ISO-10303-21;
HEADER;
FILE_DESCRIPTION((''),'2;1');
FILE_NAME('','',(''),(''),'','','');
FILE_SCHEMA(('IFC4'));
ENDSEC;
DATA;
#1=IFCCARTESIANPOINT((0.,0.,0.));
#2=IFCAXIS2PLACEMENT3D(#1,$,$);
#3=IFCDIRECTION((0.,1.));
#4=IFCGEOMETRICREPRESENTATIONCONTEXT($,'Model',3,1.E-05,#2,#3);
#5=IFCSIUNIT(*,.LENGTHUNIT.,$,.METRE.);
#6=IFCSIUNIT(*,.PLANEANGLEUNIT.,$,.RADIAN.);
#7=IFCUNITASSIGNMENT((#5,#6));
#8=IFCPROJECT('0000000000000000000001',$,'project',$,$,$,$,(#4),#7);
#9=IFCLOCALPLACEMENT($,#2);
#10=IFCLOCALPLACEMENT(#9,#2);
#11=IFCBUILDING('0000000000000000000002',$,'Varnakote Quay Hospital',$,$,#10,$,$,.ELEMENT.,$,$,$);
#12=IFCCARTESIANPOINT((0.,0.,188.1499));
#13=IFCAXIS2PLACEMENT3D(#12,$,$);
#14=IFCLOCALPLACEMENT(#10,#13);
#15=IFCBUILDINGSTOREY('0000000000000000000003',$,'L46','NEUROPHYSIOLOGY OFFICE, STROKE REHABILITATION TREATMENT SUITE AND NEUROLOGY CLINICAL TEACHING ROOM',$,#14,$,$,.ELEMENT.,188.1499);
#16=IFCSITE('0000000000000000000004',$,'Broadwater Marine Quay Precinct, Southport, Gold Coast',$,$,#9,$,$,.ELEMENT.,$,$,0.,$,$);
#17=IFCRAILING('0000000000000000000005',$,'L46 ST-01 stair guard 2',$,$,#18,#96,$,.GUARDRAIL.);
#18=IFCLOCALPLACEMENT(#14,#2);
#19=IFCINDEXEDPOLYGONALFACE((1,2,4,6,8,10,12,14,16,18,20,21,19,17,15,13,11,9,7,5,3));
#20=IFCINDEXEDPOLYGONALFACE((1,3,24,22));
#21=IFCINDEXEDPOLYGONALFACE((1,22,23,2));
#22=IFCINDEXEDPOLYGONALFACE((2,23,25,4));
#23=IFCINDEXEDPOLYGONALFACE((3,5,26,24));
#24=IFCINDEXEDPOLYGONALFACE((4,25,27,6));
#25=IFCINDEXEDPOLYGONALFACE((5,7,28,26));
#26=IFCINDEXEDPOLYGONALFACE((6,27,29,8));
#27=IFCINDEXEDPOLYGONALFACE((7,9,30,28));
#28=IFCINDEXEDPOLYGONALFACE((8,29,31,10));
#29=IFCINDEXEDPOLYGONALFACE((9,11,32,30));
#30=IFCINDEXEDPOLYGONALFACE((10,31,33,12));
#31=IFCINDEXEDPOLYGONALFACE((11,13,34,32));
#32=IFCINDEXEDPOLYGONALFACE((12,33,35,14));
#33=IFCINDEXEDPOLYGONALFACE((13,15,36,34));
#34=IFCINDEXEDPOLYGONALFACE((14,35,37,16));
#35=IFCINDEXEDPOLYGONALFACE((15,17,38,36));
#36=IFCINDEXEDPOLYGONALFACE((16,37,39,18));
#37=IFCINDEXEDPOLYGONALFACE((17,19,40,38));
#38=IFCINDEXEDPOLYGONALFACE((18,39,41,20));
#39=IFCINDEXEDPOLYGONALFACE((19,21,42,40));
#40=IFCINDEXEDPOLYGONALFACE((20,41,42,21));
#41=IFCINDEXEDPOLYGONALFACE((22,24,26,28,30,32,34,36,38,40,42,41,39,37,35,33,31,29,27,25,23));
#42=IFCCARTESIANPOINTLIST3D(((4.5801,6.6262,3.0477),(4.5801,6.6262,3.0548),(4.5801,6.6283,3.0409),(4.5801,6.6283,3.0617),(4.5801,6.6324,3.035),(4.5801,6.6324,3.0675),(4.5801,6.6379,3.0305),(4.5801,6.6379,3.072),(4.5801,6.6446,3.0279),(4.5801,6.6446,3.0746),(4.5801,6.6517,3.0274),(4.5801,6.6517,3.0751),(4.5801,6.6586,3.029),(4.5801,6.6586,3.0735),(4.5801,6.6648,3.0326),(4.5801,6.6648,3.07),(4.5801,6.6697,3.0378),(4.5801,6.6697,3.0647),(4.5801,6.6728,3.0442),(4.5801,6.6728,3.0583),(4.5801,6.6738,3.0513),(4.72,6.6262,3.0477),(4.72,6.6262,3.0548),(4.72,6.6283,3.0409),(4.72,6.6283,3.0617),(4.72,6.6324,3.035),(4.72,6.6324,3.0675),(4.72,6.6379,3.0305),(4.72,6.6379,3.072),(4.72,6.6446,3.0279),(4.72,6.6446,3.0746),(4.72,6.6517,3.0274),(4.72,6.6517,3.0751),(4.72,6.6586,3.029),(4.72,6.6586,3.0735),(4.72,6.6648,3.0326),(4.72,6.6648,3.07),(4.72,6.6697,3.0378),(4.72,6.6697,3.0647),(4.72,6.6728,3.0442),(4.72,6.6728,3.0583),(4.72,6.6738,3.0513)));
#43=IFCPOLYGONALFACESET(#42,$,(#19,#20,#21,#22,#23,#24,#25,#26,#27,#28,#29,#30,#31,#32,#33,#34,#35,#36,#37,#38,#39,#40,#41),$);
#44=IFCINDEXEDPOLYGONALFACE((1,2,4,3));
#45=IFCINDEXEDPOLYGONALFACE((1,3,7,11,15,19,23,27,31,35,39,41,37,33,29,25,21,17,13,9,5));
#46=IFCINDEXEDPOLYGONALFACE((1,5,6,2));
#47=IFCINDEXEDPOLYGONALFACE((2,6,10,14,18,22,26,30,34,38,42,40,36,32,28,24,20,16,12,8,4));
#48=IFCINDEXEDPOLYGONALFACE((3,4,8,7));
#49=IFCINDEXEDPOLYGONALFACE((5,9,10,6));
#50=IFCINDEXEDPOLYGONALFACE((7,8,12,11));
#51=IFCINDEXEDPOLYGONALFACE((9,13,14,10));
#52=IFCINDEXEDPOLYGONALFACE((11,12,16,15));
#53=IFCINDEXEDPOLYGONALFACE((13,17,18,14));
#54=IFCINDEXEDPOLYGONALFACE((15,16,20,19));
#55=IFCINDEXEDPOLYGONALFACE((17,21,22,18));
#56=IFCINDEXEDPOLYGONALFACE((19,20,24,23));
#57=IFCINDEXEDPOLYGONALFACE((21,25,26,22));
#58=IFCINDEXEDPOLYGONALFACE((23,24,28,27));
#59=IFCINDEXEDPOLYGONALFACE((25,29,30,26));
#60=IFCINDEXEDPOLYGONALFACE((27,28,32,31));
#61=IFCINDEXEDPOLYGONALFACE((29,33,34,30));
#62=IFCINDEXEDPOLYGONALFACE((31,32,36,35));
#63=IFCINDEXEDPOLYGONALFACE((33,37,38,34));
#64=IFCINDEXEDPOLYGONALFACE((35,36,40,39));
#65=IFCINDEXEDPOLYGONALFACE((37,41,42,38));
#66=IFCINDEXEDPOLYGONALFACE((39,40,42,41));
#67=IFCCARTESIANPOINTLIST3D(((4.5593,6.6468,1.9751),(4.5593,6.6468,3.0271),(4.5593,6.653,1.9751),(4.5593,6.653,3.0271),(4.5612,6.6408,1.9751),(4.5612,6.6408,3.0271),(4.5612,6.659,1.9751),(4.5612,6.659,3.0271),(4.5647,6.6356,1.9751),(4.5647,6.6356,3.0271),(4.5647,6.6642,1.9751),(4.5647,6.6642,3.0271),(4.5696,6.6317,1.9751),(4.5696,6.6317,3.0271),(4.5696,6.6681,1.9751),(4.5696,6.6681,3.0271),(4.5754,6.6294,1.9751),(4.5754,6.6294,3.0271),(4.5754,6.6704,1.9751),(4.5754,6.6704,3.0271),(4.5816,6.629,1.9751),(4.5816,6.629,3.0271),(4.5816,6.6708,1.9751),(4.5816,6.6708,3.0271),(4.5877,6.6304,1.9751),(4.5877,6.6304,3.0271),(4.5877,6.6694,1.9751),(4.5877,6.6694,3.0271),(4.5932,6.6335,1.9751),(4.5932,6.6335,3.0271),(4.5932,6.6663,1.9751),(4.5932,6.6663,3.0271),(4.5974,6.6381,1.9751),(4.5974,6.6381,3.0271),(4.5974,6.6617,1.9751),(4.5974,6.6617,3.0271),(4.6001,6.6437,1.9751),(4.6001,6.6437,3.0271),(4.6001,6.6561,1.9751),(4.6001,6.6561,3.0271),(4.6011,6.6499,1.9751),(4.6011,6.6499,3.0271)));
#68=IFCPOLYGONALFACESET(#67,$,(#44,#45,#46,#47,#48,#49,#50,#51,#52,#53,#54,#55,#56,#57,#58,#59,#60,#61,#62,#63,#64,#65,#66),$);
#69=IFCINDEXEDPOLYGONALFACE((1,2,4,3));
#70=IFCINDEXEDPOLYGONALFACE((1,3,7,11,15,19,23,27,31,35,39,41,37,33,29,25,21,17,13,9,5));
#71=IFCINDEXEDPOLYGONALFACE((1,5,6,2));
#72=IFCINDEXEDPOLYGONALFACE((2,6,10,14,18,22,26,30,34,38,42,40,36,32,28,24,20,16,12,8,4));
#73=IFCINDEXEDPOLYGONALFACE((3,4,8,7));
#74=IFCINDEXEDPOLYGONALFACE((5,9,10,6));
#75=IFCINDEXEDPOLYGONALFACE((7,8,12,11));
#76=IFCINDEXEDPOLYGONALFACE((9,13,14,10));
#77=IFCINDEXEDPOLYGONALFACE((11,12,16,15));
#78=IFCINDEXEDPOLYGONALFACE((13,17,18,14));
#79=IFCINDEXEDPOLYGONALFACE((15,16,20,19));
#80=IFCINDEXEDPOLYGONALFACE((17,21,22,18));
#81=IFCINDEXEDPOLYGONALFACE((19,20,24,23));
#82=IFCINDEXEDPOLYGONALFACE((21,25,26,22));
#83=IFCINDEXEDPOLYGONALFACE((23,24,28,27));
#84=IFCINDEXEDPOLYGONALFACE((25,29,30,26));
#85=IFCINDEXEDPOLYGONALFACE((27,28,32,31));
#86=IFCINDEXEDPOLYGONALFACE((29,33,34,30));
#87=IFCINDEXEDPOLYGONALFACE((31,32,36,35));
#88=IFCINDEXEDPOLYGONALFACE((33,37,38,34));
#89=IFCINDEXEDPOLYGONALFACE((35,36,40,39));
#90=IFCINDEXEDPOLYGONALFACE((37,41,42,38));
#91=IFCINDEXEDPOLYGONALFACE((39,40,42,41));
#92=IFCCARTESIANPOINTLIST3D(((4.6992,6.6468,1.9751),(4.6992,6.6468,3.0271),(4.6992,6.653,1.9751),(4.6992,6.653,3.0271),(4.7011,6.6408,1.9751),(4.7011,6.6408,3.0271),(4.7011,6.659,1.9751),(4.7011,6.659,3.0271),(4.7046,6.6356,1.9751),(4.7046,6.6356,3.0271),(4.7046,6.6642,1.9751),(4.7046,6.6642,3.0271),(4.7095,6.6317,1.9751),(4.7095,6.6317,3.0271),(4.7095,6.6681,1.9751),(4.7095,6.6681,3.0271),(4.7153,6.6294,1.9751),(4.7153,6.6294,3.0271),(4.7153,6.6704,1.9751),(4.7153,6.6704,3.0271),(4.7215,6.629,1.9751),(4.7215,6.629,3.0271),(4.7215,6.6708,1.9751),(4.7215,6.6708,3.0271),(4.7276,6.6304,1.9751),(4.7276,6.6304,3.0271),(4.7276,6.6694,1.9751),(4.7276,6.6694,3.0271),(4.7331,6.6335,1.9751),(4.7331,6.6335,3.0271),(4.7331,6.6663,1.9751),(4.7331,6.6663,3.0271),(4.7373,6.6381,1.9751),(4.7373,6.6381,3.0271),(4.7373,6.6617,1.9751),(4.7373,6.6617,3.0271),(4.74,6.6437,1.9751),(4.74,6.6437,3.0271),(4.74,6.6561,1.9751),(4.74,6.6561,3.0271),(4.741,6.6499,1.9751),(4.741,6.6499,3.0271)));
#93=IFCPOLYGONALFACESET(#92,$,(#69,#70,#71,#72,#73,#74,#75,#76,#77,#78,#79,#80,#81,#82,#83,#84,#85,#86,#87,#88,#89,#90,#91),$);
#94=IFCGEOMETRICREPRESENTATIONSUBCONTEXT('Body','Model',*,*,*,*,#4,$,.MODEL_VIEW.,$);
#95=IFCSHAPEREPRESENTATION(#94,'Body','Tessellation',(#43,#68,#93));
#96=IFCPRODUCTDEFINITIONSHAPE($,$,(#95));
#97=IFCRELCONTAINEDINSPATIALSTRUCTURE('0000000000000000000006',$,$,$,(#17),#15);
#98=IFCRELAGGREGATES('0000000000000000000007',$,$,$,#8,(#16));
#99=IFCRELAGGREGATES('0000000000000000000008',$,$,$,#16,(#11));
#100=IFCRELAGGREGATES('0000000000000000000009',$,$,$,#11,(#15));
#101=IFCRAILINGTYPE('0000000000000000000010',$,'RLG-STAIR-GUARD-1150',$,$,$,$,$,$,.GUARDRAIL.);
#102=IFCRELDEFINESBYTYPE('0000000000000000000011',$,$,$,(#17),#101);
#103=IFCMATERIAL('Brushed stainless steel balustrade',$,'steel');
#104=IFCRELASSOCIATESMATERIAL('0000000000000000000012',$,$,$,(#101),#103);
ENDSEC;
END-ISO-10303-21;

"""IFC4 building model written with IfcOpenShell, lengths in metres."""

from ifc_helpers import new_model, si_unit, direction, frame, origin, origin_2d, place, context, subcontext, project, spatial, circle, extrude, material, type_object, element, save


model = new_model("IFC4")

# Units and contexts
model_context = context("Model", 3, precision=1e-05, world=origin(), true_north=direction((0.0, 1.0)))
body_context = subcontext(model_context, "Body", "Model", "MODEL_VIEW")
ifc_project = project(units=[si_unit("LENGTHUNIT", "METRE"), si_unit("PLANEANGLEUNIT", "RADIAN")], contexts=[model_context])

# Site, building, storey
site_placement = place(None, origin())
site = spatial("IfcSite", under=ifc_project, at=site_placement, Name="Broadwater Marine Quay Precinct, Southport, Gold Coast", CompositionType="ELEMENT", RefElevation=0.0)
building_placement = place(site_placement, origin())
building = spatial("IfcBuilding", under=site, at=building_placement, Name="Varnakote Quay Hospital", CompositionType="ELEMENT")
storey_placement = place(building_placement, frame((0.0, 0.0, 188.1499)))
storey = spatial("IfcBuildingStorey", under=building, at=storey_placement, Name="L46", Description="NEUROPHYSIOLOGY OFFICE, STROKE REHABILITATION TREATMENT SUITE AND NEUROLOGY CLINICAL TEACHING ROOM", CompositionType="ELEMENT", Elevation=188.1499)

# Railing
ifc_material_1 = material(Name="Brushed stainless steel balustrade", Category="steel")
railing_type_1 = type_object("IfcRailingType", Name="RLG-STAIR-GUARD-1150", PredefinedType="GUARDRAIL", material=ifc_material_1)
railing_1_placement = place(storey_placement, frame((4.5801, 6.6499, 1.9751)))
element("IfcRailing", 1, at=railing_1_placement, inside=storey, type_object=railing_type_1, Name="L46 ST-01 stair guard 2", PredefinedType="GUARDRAIL", context=body_context, shape_type="SweptSolid", body=[
    extrude(circle(Radius=0.0239, at=origin_2d()), frame((0.0, 0.0, 1.0762), z_axis=(1.0, 0.0, 0.0), x_axis=(0.0, 1.0, 0.0)), (0.0, 0.0, 1.0), 0.1399),
    extrude(circle(Radius=0.021, at=origin_2d()), origin(), (0.0, 0.0, 1.0), 1.052),
    extrude(circle(Radius=0.021, at=origin_2d()), frame((0.1399, 0.0, 0.0)), (0.0, 0.0, 1.0), 1.052),
])

save(model, "model.ifc")
